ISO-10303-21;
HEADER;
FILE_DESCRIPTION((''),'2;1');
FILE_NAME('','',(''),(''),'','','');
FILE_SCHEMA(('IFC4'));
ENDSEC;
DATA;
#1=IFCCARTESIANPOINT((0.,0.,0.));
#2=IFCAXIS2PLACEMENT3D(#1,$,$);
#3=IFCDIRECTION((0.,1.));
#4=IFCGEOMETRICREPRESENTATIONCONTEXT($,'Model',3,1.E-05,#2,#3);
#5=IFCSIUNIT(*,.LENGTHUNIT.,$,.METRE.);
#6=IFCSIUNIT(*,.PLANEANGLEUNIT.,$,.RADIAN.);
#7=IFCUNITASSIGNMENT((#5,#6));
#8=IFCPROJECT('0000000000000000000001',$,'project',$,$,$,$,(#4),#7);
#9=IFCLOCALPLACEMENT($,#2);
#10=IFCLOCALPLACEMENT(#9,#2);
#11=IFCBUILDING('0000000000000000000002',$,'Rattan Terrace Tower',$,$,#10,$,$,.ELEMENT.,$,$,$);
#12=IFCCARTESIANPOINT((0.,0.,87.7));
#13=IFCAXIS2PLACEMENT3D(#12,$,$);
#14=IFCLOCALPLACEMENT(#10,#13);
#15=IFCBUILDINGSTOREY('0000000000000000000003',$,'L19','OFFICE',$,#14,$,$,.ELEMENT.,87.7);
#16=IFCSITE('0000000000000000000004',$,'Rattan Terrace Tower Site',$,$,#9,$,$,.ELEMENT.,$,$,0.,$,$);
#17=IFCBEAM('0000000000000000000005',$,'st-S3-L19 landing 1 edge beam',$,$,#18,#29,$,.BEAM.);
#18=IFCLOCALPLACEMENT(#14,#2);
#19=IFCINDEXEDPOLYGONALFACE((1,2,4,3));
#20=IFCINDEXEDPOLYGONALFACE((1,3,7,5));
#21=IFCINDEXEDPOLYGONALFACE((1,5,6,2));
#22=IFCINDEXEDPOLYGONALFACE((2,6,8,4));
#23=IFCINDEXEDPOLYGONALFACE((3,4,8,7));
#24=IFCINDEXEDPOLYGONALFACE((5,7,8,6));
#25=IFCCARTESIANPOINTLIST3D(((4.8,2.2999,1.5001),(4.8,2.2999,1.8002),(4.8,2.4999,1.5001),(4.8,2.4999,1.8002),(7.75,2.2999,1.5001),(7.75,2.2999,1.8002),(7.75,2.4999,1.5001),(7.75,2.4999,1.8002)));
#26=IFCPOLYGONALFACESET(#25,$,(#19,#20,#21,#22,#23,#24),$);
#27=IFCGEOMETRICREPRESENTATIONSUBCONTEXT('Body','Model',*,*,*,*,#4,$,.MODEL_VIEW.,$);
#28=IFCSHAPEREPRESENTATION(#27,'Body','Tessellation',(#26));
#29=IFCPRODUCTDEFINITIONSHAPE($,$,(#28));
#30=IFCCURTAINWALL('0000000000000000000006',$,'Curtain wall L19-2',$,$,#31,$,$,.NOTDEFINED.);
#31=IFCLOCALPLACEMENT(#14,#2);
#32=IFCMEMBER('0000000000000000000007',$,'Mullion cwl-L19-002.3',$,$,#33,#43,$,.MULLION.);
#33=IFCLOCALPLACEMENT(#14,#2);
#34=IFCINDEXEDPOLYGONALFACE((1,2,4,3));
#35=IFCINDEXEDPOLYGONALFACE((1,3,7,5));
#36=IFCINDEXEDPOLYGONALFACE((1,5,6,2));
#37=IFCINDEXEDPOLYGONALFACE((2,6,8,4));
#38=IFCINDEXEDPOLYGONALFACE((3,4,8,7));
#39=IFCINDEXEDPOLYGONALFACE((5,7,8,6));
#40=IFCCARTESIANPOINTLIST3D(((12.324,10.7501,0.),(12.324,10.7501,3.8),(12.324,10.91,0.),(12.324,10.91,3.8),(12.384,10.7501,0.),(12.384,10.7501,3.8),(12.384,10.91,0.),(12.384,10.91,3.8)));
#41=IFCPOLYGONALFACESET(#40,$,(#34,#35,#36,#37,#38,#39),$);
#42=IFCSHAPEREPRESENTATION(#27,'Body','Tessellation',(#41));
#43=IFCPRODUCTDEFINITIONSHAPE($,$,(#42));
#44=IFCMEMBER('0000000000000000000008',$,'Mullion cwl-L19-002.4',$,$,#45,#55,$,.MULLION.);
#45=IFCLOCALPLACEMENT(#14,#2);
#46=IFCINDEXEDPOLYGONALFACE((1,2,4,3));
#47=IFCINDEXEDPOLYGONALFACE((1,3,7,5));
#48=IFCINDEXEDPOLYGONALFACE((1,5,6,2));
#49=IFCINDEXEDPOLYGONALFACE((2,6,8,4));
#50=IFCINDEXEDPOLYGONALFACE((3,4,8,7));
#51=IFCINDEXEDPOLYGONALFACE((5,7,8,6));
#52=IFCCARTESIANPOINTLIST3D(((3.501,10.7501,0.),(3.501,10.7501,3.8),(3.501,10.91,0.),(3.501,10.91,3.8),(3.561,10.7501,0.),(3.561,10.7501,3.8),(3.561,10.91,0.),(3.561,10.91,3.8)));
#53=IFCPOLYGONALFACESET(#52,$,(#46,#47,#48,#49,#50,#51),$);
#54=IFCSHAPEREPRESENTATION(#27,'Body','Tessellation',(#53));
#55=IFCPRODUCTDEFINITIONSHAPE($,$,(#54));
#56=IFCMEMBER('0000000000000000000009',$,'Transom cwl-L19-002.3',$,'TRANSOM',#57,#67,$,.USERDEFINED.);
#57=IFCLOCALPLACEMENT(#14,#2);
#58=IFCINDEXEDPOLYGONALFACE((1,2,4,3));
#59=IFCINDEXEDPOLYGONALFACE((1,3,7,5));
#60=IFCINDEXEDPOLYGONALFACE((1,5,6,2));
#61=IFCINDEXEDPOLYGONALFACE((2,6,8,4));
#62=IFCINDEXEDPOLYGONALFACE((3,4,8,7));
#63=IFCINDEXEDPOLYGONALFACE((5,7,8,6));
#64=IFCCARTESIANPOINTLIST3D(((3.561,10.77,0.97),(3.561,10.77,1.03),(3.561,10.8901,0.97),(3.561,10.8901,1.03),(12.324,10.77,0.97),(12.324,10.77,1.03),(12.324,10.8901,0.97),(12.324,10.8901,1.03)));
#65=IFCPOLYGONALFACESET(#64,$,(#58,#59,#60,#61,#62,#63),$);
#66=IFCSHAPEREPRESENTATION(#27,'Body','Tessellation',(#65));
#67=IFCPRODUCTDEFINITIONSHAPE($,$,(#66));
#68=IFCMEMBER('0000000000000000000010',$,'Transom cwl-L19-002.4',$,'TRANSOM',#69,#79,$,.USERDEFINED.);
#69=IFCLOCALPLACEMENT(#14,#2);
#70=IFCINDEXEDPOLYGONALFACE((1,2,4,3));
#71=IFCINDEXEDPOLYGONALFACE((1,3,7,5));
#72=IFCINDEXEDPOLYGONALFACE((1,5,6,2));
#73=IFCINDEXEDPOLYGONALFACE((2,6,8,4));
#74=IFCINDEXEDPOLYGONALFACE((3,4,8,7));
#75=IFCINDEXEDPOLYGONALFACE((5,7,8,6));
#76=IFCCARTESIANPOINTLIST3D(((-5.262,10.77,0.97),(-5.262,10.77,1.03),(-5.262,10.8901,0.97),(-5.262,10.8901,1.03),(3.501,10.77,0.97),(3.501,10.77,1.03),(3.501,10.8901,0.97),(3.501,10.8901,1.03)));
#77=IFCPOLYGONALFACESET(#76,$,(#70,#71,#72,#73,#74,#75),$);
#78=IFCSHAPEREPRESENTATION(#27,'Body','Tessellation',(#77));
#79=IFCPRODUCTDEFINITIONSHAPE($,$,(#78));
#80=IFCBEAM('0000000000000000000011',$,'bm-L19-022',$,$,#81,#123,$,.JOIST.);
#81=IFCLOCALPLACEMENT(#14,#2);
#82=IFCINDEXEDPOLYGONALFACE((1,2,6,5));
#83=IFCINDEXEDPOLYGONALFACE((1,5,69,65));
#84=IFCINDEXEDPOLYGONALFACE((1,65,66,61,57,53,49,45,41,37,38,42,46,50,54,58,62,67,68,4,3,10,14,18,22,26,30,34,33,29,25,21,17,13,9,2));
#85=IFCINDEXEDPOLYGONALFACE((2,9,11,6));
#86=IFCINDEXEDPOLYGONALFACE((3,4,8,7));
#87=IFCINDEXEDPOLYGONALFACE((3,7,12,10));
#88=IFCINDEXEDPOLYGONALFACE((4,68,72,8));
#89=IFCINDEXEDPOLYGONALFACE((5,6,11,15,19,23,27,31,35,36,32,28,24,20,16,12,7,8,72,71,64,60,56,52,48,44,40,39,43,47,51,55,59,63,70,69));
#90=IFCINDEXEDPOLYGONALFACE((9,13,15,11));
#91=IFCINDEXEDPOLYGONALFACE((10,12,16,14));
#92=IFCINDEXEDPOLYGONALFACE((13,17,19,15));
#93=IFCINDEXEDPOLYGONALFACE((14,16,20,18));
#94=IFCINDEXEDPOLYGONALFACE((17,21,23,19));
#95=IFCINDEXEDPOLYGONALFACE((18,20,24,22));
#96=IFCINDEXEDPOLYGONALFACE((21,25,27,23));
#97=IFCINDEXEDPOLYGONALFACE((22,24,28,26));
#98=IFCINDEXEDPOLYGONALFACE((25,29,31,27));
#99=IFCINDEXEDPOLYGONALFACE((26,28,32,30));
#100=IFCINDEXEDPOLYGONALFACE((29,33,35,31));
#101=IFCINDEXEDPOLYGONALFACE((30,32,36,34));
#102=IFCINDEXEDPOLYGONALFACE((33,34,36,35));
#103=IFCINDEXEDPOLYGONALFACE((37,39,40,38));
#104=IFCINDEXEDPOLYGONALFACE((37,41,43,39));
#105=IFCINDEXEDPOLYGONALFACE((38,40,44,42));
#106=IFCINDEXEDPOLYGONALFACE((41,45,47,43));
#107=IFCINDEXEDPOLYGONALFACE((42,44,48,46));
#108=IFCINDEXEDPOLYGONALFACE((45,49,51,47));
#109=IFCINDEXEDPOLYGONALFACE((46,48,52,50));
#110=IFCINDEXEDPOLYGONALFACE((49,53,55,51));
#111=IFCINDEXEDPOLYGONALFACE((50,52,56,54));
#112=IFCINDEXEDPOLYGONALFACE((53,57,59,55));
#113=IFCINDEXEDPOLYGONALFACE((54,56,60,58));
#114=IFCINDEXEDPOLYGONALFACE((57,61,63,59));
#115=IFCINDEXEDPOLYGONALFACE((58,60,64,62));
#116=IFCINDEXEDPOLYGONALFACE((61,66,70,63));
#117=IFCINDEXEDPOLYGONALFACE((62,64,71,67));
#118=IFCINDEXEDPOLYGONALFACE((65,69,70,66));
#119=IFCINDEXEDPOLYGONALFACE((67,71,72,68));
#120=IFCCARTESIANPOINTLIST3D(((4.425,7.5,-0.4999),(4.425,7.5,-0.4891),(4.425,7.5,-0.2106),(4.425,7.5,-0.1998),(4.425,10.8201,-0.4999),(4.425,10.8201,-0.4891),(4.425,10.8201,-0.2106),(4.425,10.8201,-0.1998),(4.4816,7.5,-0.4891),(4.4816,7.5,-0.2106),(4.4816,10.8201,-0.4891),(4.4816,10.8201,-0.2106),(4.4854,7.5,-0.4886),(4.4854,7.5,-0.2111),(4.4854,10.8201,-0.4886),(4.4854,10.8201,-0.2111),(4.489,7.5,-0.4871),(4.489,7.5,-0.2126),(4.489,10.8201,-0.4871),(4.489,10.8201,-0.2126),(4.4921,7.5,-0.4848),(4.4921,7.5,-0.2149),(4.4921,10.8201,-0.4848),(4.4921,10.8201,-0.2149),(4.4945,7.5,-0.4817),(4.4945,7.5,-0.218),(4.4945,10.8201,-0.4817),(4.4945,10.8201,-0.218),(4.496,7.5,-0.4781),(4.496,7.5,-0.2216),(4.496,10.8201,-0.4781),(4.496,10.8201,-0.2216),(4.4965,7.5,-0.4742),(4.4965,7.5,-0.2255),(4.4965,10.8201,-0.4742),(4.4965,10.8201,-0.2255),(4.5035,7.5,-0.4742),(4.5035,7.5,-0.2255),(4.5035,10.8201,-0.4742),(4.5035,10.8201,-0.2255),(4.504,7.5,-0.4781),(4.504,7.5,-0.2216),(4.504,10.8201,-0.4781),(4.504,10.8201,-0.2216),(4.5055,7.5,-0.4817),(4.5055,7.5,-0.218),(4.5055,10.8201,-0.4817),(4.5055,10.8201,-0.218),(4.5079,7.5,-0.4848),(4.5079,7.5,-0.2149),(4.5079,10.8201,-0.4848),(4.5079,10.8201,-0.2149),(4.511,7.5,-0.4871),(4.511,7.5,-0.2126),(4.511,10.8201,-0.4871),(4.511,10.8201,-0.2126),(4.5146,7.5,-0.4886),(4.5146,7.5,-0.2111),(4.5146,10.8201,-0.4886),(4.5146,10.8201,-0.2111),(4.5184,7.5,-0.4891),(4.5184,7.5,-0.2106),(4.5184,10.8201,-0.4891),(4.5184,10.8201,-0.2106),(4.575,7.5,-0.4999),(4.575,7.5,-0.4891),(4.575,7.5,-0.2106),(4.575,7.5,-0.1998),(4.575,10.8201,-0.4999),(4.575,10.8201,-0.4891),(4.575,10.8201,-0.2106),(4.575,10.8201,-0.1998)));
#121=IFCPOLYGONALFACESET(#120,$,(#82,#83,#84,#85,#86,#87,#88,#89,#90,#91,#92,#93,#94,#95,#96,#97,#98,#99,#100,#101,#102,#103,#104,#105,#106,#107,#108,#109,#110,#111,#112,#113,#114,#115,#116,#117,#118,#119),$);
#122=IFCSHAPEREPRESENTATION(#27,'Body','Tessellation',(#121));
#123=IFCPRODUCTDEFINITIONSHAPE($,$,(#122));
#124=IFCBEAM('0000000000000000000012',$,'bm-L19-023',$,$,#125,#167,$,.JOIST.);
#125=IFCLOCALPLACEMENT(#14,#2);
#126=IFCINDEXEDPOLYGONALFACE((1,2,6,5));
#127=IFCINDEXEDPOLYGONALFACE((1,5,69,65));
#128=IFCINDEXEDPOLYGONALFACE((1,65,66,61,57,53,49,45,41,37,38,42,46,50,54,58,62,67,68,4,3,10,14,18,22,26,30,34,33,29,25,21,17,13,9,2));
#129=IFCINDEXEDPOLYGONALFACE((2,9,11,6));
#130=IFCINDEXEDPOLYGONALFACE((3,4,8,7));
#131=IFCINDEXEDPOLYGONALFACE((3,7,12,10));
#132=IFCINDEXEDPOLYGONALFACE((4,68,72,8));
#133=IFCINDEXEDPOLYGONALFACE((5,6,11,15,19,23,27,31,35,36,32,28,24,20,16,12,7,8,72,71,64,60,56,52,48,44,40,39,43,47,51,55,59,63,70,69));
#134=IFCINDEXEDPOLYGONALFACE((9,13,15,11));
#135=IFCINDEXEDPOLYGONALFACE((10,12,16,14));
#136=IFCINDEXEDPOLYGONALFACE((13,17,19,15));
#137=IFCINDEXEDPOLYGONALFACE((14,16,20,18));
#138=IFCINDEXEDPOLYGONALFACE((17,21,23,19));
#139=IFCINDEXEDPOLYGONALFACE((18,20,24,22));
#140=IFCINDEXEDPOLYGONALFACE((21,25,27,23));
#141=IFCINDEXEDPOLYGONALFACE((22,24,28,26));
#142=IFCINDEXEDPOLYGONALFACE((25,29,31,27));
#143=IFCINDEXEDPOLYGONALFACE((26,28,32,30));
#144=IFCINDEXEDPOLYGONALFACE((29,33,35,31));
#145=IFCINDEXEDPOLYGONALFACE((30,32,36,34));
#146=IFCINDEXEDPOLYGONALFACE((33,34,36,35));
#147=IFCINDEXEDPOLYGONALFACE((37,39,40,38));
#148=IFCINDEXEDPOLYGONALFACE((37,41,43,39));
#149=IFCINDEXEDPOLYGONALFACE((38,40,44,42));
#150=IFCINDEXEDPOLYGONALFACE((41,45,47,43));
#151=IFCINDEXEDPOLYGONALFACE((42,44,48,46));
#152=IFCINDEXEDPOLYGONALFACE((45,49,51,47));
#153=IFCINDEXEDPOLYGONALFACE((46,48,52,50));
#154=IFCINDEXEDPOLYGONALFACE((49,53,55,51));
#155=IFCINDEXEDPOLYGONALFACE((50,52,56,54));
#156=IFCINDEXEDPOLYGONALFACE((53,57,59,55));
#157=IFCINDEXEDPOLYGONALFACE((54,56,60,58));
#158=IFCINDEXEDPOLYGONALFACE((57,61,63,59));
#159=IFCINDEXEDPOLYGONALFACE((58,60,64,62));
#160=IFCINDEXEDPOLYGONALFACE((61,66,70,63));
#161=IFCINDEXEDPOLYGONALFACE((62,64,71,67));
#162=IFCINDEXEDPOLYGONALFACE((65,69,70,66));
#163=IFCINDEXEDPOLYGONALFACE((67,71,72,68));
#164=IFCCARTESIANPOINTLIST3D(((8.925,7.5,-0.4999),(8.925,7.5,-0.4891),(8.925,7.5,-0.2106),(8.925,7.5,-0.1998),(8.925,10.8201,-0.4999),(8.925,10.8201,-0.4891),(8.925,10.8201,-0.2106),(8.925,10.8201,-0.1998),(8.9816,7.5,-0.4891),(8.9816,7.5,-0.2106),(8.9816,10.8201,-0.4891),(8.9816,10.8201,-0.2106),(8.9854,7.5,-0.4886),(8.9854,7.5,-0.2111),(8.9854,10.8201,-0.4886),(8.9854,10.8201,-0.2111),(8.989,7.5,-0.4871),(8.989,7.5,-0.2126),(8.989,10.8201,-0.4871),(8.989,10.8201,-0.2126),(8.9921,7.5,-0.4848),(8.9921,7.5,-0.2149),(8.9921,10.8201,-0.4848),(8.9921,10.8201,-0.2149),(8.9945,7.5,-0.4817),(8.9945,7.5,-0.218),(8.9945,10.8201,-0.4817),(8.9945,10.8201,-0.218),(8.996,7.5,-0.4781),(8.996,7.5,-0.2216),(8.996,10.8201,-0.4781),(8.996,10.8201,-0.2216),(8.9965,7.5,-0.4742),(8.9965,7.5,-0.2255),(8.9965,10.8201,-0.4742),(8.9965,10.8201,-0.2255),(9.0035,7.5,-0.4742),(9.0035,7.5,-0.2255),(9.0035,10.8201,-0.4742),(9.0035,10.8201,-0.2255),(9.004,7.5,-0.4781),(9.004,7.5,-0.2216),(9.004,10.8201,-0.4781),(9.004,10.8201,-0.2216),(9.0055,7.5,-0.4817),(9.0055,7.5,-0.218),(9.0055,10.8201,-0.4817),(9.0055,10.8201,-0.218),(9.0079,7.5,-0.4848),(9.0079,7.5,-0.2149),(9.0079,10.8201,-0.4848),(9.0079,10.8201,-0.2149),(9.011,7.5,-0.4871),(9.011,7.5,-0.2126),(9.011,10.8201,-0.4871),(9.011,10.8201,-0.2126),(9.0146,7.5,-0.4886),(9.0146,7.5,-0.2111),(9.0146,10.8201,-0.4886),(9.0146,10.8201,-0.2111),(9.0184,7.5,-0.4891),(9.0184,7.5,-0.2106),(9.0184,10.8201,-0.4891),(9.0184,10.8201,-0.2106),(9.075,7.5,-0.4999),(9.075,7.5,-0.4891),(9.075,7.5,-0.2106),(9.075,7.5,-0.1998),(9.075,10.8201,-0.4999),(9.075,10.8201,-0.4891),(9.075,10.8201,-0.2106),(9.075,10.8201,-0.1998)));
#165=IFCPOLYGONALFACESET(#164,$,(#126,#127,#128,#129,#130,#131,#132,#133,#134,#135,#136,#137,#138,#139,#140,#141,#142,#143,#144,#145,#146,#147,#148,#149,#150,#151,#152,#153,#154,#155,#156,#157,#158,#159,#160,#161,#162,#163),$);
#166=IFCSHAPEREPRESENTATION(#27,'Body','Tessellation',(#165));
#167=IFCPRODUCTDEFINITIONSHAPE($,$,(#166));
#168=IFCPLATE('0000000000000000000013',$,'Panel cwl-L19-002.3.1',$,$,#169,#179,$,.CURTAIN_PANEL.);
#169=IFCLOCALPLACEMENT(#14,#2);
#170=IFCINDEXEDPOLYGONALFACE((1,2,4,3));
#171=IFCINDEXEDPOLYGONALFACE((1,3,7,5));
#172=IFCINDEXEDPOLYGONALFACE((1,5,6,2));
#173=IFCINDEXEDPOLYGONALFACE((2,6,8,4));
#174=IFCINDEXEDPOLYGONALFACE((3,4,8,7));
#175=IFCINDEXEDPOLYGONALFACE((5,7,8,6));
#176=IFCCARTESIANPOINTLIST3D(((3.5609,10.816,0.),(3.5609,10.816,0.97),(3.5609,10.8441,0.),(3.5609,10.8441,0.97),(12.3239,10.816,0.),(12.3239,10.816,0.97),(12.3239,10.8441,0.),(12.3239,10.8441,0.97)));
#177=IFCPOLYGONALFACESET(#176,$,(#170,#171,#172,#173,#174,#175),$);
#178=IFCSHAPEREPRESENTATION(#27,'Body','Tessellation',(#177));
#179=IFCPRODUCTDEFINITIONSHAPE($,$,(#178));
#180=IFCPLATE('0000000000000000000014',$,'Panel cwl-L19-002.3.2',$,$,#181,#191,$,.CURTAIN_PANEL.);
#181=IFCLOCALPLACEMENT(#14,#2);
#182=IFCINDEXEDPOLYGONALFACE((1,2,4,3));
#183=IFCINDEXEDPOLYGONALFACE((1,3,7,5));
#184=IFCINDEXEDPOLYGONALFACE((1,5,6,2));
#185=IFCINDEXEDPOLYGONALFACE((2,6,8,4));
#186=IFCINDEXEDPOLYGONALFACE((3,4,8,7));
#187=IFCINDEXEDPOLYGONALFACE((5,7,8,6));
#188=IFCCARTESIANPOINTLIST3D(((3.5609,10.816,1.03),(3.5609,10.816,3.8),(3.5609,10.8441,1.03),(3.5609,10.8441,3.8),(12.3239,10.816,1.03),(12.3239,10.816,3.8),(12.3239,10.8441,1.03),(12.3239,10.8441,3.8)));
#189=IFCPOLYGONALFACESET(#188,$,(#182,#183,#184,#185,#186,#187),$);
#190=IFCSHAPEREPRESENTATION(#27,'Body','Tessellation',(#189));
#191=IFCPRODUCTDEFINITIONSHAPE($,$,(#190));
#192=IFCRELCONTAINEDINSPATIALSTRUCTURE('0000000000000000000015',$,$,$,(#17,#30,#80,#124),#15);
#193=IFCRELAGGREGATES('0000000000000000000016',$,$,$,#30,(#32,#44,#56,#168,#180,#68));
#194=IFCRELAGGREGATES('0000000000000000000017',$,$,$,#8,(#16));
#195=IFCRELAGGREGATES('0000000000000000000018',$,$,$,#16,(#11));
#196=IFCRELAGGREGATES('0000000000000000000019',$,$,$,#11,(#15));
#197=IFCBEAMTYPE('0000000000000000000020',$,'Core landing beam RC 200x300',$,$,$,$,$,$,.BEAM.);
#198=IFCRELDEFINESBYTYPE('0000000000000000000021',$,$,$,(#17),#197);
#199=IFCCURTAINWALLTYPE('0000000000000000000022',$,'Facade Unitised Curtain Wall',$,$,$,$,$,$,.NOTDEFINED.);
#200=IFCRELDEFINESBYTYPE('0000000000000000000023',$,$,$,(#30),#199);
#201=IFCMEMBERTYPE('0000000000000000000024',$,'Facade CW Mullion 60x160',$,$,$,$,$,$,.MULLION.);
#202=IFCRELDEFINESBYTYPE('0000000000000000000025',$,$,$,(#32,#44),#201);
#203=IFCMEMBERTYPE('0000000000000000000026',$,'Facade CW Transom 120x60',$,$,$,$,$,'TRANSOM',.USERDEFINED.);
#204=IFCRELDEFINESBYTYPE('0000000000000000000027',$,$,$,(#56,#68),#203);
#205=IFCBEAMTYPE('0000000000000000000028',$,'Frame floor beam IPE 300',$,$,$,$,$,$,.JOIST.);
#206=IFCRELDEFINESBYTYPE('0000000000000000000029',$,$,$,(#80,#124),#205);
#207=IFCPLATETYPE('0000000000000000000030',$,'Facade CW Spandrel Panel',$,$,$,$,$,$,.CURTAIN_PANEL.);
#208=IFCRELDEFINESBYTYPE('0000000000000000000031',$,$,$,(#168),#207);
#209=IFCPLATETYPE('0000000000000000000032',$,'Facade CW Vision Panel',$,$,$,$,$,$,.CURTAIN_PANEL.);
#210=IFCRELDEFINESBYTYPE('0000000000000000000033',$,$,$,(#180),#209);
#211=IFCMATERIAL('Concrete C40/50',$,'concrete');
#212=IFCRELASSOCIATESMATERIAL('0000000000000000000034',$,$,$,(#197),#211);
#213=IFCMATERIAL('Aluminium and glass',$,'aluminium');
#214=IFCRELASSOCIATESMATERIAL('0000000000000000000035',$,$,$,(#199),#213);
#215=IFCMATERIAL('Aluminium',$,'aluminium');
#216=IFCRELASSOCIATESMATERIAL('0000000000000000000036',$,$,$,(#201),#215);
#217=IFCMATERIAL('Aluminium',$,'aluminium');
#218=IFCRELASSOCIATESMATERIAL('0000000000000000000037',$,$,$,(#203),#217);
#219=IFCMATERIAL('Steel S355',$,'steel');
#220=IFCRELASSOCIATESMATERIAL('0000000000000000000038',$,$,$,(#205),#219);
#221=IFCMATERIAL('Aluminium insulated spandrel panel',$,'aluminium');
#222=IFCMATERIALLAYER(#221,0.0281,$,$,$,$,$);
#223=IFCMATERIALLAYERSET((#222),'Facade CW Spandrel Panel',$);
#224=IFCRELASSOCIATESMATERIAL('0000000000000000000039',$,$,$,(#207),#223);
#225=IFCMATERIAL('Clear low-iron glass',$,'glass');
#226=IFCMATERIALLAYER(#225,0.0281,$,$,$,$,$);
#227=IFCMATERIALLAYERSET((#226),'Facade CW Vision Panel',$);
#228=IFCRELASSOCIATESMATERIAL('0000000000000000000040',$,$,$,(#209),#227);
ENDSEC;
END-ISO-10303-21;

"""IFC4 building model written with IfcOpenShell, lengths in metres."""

from ifc_helpers import new_model, si_unit, direction, frame, origin, origin_2d, place, context, subcontext, project, spatial, rectangle, i_section, extrude, material, layer, layer_set, material_profile, profile_set, type_object, element, aggregate, save


model = new_model("IFC4")

# Units and contexts
model_context = context("Model", 3, precision=1e-05, world=origin(), true_north=direction((0.0, 1.0)))
body_context = subcontext(model_context, "Body", "Model", "MODEL_VIEW")
ifc_project = project(units=[si_unit("LENGTHUNIT", "METRE"), si_unit("PLANEANGLEUNIT", "RADIAN")], contexts=[model_context])

# Site, building, storey
site_placement = place(None, origin())
site = spatial("IfcSite", under=ifc_project, at=site_placement, Name="Rattan Terrace Tower Site", CompositionType="ELEMENT", RefElevation=0.0)
building_placement = place(site_placement, origin())
building = spatial("IfcBuilding", under=site, at=building_placement, Name="Rattan Terrace Tower", CompositionType="ELEMENT")
storey_placement = place(building_placement, frame((0.0, 0.0, 87.7)))
storey = spatial("IfcBuildingStorey", under=building, at=storey_placement, Name="L19", Description="OFFICE", CompositionType="ELEMENT", Elevation=87.7)

# Beam
ifc_material_1 = material(Name="Concrete C40/50", Category="concrete")
ifc_material_profile_1 = material_profile(ifc_material_1, rectangle(XDim=0.2, YDim=0.3, at=origin_2d()), Name="RC 200x300")
ifc_profile_set_1 = profile_set([ifc_material_profile_1], Name="Concrete C40/50")
beam_type_1 = type_object("IfcBeamType", Name="Core landing beam RC 200x300", PredefinedType="BEAM", material=ifc_profile_set_1)
beam_placement = place(storey_placement, frame((4.8, 2.3999, 1.6501), z_axis=(1.0, 0.0, 0.0), x_axis=(0.0, 1.0, 0.0)))
element("IfcBeam", 1, at=beam_placement, inside=storey, type_object=beam_type_1, Name="st-S3-L19 landing 1 edge beam", PredefinedType="BEAM", context=body_context, shape_type="SweptSolid", body=[
    extrude(rectangle(XDim=0.2, YDim=0.3, at=origin_2d()), origin(), (0.0, 0.0, 1.0), 2.95),
])

# Curtain wall, members
ifc_material_2 = material(Name="Aluminium and glass", Category="aluminium")
curtain_wall_type = type_object("IfcCurtainWallType", Name="Facade Unitised Curtain Wall", PredefinedType="NOTDEFINED", material=ifc_material_2)
curtain_wall_placement = place(storey_placement, origin())
curtain_wall = element("IfcCurtainWall", 2, at=curtain_wall_placement, inside=storey, type_object=curtain_wall_type, Name="Curtain wall L19-2", PredefinedType="NOTDEFINED")
ifc_material_3 = material(Name="Aluminium", Category="aluminium")
ifc_material_profile_2 = material_profile(ifc_material_3, rectangle(XDim=0.0601, YDim=0.1599, at=origin_2d()), Name="Aluminium 60x160")
ifc_profile_set_2 = profile_set([ifc_material_profile_2], Name="Aluminium")
member_type_1 = type_object("IfcMemberType", Name="Facade CW Mullion 60x160", PredefinedType="MULLION", material=ifc_profile_set_2)
member_1_placement = place(storey_placement, frame((12.354, 10.8301, 0.0), z_axis=(0.0, 0.0, 1.0), x_axis=(-1.0, 0.0, 0.0)))
member_1 = element("IfcMember", 3, at=member_1_placement, type_object=member_type_1, Name="Mullion cwl-L19-002.3", PredefinedType="MULLION", context=body_context, shape_type="SweptSolid", body=[
    extrude(rectangle(XDim=0.0601, YDim=0.1599, at=origin_2d()), origin(), (0.0, 0.0, 1.0), 3.8),
])
member_2_placement = place(storey_placement, frame((3.531, 10.8301, 0.0), z_axis=(0.0, 0.0, 1.0), x_axis=(-1.0, 0.0, 0.0)))
member_2 = element("IfcMember", 4, at=member_2_placement, type_object=member_type_1, Name="Mullion cwl-L19-002.4", PredefinedType="MULLION", context=body_context, shape_type="SweptSolid", body=[
    extrude(rectangle(XDim=0.0601, YDim=0.1599, at=origin_2d()), origin(), (0.0, 0.0, 1.0), 3.8),
])
ifc_material_4 = material(Name="Aluminium", Category="aluminium")
ifc_material_profile_3 = material_profile(ifc_material_4, rectangle(XDim=0.1201, YDim=0.0601, at=origin_2d()), Name="Aluminium 120x60")
ifc_profile_set_3 = profile_set([ifc_material_profile_3], Name="Aluminium")
member_type_2 = type_object("IfcMemberType", Name="Facade CW Transom 120x60", ElementType="TRANSOM", PredefinedType="USERDEFINED", material=ifc_profile_set_3)
member_3_placement = place(storey_placement, frame((12.324, 10.8301, 1.0), z_axis=(-1.0, 0.0, 0.0), x_axis=(0.0, -1.0, 0.0)))
member_3 = element("IfcMember", 5, at=member_3_placement, type_object=member_type_2, Name="Transom cwl-L19-002.3", ObjectType="TRANSOM", PredefinedType="USERDEFINED", context=body_context, shape_type="SweptSolid", body=[
    extrude(rectangle(XDim=0.1201, YDim=0.0601, at=origin_2d()), origin(), (0.0, 0.0, 1.0), 8.7629),
])
member_4_placement = place(storey_placement, frame((3.501, 10.8301, 1.0), z_axis=(-1.0, 0.0, 0.0), x_axis=(0.0, -1.0, 0.0)))
member_4 = element("IfcMember", 6, at=member_4_placement, type_object=member_type_2, Name="Transom cwl-L19-002.4", ObjectType="TRANSOM", PredefinedType="USERDEFINED", context=body_context, shape_type="SweptSolid", body=[
    extrude(rectangle(XDim=0.1201, YDim=0.0601, at=origin_2d()), origin(), (0.0, 0.0, 1.0), 8.7629),
])

# Beams
ifc_material_5 = material(Name="Steel S355", Category="steel")
ifc_material_profile_4 = material_profile(ifc_material_5, i_section(OverallWidth=0.1499, OverallDepth=0.3, WebThickness=0.0071, FlangeThickness=0.0107, FilletRadius=0.0149, at=origin_2d()), Name="IPE 300")
ifc_profile_set_4 = profile_set([ifc_material_profile_4], Name="Steel S355")
beam_type_2 = type_object("IfcBeamType", Name="Frame floor beam IPE 300", PredefinedType="JOIST", material=ifc_profile_set_4)
for number, where, z_axis, x_axis, name in (
    (7, (4.5, 7.5, -0.3499), (0.0, 1.0, 0.0), (-1.0, 0.0, 0.0), "bm-L19-022"),
    (8, (9.0, 7.5, -0.3499), (0.0, 1.0, 0.0), (-1.0, 0.0, 0.0), "bm-L19-023"),
):
    element("IfcBeam", number, at=place(storey_placement, frame(where, z_axis=z_axis, x_axis=x_axis)), inside=storey, type_object=beam_type_2, Name=name, PredefinedType="JOIST", context=body_context, shape_type="SweptSolid", body=[
        extrude(i_section(OverallWidth=0.1499, OverallDepth=0.3, WebThickness=0.0071, FlangeThickness=0.0107, FilletRadius=0.0149, at=origin_2d()), origin(), (0.0, 0.0, 1.0), 3.3201),
    ])

# Plates
ifc_material_6 = material(Name="Aluminium insulated spandrel panel", Category="aluminium")
ifc_layer_1 = layer(ifc_material_6, 0.0281)
ifc_layer_set_1 = layer_set([ifc_layer_1], Name="Facade CW Spandrel Panel")
plate_type_1 = type_object("IfcPlateType", Name="Facade CW Spandrel Panel", PredefinedType="CURTAIN_PANEL", material=ifc_layer_set_1)
plate_1_placement = place(storey_placement, frame((7.9424, 10.8301, 0.0), z_axis=(0.0, 0.0, 1.0), x_axis=(-1.0, 0.0, 0.0)))
plate_1 = element("IfcPlate", 9, at=plate_1_placement, type_object=plate_type_1, Name="Panel cwl-L19-002.3.1", PredefinedType="CURTAIN_PANEL", context=body_context, shape_type="SweptSolid", body=[
    extrude(rectangle(XDim=8.7629, YDim=0.0281, at=origin_2d()), origin(), (0.0, 0.0, 1.0), 0.97),
])
ifc_material_7 = material(Name="Clear low-iron glass", Category="glass")
ifc_layer_2 = layer(ifc_material_7, 0.0281)
ifc_layer_set_2 = layer_set([ifc_layer_2], Name="Facade CW Vision Panel")
plate_type_2 = type_object("IfcPlateType", Name="Facade CW Vision Panel", PredefinedType="CURTAIN_PANEL", material=ifc_layer_set_2)
plate_2_placement = place(storey_placement, frame((7.9424, 10.8301, 1.03), z_axis=(0.0, 0.0, 1.0), x_axis=(-1.0, 0.0, 0.0)))
plate_2 = element("IfcPlate", 10, at=plate_2_placement, type_object=plate_type_2, Name="Panel cwl-L19-002.3.2", PredefinedType="CURTAIN_PANEL", context=body_context, shape_type="SweptSolid", body=[
    extrude(rectangle(XDim=8.7629, YDim=0.0281, at=origin_2d()), origin(), (0.0, 0.0, 1.0), 2.77),
])
aggregate(curtain_wall, [member_1, member_2, member_3, plate_1, plate_2, member_4])

save(model, "model.ifc")
